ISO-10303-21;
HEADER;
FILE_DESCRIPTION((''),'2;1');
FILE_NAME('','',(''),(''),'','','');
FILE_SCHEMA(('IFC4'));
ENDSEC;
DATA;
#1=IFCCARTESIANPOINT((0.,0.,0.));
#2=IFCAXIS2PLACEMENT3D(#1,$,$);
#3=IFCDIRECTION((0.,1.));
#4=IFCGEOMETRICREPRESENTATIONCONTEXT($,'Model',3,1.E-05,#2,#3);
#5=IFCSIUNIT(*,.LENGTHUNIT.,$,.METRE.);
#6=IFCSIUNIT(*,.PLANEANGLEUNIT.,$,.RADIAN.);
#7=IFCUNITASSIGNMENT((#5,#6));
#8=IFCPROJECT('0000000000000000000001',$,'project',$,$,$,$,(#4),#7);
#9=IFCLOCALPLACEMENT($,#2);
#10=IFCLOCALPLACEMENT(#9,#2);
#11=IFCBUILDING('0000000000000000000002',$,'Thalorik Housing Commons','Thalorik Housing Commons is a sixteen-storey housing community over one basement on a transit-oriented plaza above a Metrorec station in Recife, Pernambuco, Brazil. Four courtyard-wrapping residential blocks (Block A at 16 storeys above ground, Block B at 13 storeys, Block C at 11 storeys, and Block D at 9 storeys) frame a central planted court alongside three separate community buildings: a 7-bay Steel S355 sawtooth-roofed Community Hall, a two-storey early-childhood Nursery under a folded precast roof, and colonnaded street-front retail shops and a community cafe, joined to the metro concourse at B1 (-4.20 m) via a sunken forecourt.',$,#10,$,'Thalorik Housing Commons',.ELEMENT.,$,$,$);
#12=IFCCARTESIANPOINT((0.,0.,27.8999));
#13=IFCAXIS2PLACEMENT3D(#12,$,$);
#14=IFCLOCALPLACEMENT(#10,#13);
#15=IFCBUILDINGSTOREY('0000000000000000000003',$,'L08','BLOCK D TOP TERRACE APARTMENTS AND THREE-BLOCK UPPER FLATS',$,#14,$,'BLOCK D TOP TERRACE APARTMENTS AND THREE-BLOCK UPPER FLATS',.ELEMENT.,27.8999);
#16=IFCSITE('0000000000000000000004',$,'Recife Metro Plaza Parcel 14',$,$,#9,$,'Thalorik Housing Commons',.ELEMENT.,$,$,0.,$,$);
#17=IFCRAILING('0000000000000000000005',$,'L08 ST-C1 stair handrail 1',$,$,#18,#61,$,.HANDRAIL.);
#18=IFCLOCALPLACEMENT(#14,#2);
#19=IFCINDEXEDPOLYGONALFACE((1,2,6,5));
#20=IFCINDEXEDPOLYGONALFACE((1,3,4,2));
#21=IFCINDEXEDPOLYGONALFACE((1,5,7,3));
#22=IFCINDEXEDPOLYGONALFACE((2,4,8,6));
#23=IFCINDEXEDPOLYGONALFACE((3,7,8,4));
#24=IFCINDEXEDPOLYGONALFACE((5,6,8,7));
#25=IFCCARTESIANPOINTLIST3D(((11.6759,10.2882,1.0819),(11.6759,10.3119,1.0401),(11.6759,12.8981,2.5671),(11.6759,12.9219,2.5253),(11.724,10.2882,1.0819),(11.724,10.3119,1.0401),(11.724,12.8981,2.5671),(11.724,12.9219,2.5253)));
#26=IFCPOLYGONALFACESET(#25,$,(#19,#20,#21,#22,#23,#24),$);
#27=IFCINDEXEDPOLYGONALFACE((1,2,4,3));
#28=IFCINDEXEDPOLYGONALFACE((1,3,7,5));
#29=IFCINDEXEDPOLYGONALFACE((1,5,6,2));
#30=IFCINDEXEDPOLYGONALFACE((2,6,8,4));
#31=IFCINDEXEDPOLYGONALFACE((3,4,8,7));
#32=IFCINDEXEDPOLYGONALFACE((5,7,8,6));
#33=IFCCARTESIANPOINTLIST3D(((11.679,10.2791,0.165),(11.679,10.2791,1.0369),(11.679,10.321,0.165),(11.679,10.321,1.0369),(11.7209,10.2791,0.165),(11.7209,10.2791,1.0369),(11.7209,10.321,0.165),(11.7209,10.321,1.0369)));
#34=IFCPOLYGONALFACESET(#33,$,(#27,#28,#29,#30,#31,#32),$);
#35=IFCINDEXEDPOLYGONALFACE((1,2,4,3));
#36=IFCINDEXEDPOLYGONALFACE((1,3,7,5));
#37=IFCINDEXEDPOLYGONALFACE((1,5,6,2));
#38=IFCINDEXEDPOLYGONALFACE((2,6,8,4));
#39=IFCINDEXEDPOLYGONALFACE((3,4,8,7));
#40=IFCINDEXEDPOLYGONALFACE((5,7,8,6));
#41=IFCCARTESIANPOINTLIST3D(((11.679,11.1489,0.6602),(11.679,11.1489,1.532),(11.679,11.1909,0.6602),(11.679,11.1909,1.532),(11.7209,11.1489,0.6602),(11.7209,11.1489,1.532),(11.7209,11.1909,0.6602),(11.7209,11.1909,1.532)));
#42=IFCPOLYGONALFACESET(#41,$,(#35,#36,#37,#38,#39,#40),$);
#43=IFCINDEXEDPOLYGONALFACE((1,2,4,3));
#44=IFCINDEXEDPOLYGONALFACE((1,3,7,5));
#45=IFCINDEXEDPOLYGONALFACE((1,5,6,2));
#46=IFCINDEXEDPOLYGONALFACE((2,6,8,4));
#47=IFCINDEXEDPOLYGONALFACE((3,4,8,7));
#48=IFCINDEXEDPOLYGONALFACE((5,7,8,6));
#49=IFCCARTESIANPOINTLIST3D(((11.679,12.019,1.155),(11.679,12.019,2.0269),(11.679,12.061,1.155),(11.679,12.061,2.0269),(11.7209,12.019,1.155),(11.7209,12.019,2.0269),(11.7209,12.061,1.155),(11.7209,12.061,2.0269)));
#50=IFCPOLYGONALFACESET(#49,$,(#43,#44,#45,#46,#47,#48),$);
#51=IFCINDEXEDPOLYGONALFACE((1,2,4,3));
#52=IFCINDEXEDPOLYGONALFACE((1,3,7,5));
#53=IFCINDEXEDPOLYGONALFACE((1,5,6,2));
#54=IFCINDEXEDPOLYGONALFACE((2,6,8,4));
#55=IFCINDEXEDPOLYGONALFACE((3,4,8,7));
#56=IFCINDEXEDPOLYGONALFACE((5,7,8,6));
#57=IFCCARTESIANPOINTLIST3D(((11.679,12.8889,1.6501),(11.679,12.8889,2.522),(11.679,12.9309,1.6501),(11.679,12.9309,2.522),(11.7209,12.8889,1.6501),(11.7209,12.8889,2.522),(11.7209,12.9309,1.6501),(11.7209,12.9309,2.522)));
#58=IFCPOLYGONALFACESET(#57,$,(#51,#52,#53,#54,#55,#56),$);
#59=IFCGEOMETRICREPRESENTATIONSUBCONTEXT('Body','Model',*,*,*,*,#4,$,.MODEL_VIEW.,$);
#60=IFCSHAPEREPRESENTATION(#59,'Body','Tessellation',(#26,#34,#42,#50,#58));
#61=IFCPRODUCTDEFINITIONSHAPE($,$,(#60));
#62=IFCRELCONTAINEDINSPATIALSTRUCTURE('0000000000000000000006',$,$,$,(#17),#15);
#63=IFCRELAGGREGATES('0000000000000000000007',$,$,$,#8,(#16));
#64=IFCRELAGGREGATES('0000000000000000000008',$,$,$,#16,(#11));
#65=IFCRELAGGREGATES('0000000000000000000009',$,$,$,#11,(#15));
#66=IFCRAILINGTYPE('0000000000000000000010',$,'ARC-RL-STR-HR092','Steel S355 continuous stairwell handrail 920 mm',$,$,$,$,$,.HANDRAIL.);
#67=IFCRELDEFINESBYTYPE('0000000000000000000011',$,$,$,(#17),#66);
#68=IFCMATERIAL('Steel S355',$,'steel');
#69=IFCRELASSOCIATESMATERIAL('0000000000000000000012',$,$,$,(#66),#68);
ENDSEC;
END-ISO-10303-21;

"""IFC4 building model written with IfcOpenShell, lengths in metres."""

from ifc_helpers import new_model, si_unit, direction, frame, origin, origin_2d, place, context, subcontext, project, spatial, rectangle, extrude, material, type_object, element, save


model = new_model("IFC4")

# Units and contexts
model_context = context("Model", 3, precision=1e-05, world=origin(), true_north=direction((0.0, 1.0)))
body_context = subcontext(model_context, "Body", "Model", "MODEL_VIEW")
ifc_project = project(units=[si_unit("LENGTHUNIT", "METRE"), si_unit("PLANEANGLEUNIT", "RADIAN")], contexts=[model_context])

# Site, building, storey
site_placement = place(None, origin())
site = spatial("IfcSite", under=ifc_project, at=site_placement, Name="Recife Metro Plaza Parcel 14", LongName="Thalorik Housing Commons", CompositionType="ELEMENT", RefElevation=0.0)
building_placement = place(site_placement, origin())
building = spatial("IfcBuilding", under=site, at=building_placement, Name="Thalorik Housing Commons", Description="Thalorik Housing Commons is a sixteen-storey housing community over one basement on a transit-oriented plaza above a Metrorec station in Recife, Pernambuco, Brazil. Four courtyard-wrapping residential blocks (Block A at 16 storeys above ground, Block B at 13 storeys, Block C at 11 storeys, and Block D at 9 storeys) frame a central planted court alongside three separate community buildings: a 7-bay Steel S355 sawtooth-roofed Community Hall, a two-storey early-childhood Nursery under a folded precast roof, and colonnaded street-front retail shops and a community cafe, joined to the metro concourse at B1 (-4.20 m) via a sunken forecourt.", LongName="Thalorik Housing Commons", CompositionType="ELEMENT")
storey_placement = place(building_placement, frame((0.0, 0.0, 27.8999)))
storey = spatial("IfcBuildingStorey", under=building, at=storey_placement, Name="L08", Description="BLOCK D TOP TERRACE APARTMENTS AND THREE-BLOCK UPPER FLATS", LongName="BLOCK D TOP TERRACE APARTMENTS AND THREE-BLOCK UPPER FLATS", CompositionType="ELEMENT", Elevation=27.8999)

# Shared definitions
ifc_material_1 = material(Name="Steel S355", Category="steel")

# Railing
railing_type_1 = type_object("IfcRailingType", Name="ARC-RL-STR-HR092", Description="Steel S355 continuous stairwell handrail 920 mm", PredefinedType="HANDRAIL", material=ifc_material_1)
railing_1_placement = place(storey_placement, frame((11.7, 10.3, 0.165)))
element("IfcRailing", 1, at=railing_1_placement, inside=storey, type_object=railing_type_1, Name="L08 ST-C1 stair handrail 1", PredefinedType="HANDRAIL", context=body_context, shape_type="SweptSolid", body=[
    extrude(rectangle(XDim=0.0481, YDim=0.0481, at=origin_2d()), frame((0.0, 0.0, 0.896), z_axis=(0.0, 0.869137, 0.494571), x_axis=(-1.0, 0.0, 0.0)), (0.0, 0.0, 1.0), 3.0029),
    extrude(rectangle(XDim=0.042, YDim=0.042, at=origin_2d()), origin(), (0.0, 0.0, 1.0), 0.8718),
    extrude(rectangle(XDim=0.042, YDim=0.042, at=origin_2d()), frame((0.0, 0.8699, 0.4951)), (0.0, 0.0, 1.0), 0.8718),
    extrude(rectangle(XDim=0.042, YDim=0.042, at=origin_2d()), frame((0.0, 1.74, 0.99)), (0.0, 0.0, 1.0), 0.8718),
    extrude(rectangle(XDim=0.042, YDim=0.042, at=origin_2d()), frame((0.0, 2.6099, 1.4851)), (0.0, 0.0, 1.0), 0.8718),
])

save(model, "model.ifc")
